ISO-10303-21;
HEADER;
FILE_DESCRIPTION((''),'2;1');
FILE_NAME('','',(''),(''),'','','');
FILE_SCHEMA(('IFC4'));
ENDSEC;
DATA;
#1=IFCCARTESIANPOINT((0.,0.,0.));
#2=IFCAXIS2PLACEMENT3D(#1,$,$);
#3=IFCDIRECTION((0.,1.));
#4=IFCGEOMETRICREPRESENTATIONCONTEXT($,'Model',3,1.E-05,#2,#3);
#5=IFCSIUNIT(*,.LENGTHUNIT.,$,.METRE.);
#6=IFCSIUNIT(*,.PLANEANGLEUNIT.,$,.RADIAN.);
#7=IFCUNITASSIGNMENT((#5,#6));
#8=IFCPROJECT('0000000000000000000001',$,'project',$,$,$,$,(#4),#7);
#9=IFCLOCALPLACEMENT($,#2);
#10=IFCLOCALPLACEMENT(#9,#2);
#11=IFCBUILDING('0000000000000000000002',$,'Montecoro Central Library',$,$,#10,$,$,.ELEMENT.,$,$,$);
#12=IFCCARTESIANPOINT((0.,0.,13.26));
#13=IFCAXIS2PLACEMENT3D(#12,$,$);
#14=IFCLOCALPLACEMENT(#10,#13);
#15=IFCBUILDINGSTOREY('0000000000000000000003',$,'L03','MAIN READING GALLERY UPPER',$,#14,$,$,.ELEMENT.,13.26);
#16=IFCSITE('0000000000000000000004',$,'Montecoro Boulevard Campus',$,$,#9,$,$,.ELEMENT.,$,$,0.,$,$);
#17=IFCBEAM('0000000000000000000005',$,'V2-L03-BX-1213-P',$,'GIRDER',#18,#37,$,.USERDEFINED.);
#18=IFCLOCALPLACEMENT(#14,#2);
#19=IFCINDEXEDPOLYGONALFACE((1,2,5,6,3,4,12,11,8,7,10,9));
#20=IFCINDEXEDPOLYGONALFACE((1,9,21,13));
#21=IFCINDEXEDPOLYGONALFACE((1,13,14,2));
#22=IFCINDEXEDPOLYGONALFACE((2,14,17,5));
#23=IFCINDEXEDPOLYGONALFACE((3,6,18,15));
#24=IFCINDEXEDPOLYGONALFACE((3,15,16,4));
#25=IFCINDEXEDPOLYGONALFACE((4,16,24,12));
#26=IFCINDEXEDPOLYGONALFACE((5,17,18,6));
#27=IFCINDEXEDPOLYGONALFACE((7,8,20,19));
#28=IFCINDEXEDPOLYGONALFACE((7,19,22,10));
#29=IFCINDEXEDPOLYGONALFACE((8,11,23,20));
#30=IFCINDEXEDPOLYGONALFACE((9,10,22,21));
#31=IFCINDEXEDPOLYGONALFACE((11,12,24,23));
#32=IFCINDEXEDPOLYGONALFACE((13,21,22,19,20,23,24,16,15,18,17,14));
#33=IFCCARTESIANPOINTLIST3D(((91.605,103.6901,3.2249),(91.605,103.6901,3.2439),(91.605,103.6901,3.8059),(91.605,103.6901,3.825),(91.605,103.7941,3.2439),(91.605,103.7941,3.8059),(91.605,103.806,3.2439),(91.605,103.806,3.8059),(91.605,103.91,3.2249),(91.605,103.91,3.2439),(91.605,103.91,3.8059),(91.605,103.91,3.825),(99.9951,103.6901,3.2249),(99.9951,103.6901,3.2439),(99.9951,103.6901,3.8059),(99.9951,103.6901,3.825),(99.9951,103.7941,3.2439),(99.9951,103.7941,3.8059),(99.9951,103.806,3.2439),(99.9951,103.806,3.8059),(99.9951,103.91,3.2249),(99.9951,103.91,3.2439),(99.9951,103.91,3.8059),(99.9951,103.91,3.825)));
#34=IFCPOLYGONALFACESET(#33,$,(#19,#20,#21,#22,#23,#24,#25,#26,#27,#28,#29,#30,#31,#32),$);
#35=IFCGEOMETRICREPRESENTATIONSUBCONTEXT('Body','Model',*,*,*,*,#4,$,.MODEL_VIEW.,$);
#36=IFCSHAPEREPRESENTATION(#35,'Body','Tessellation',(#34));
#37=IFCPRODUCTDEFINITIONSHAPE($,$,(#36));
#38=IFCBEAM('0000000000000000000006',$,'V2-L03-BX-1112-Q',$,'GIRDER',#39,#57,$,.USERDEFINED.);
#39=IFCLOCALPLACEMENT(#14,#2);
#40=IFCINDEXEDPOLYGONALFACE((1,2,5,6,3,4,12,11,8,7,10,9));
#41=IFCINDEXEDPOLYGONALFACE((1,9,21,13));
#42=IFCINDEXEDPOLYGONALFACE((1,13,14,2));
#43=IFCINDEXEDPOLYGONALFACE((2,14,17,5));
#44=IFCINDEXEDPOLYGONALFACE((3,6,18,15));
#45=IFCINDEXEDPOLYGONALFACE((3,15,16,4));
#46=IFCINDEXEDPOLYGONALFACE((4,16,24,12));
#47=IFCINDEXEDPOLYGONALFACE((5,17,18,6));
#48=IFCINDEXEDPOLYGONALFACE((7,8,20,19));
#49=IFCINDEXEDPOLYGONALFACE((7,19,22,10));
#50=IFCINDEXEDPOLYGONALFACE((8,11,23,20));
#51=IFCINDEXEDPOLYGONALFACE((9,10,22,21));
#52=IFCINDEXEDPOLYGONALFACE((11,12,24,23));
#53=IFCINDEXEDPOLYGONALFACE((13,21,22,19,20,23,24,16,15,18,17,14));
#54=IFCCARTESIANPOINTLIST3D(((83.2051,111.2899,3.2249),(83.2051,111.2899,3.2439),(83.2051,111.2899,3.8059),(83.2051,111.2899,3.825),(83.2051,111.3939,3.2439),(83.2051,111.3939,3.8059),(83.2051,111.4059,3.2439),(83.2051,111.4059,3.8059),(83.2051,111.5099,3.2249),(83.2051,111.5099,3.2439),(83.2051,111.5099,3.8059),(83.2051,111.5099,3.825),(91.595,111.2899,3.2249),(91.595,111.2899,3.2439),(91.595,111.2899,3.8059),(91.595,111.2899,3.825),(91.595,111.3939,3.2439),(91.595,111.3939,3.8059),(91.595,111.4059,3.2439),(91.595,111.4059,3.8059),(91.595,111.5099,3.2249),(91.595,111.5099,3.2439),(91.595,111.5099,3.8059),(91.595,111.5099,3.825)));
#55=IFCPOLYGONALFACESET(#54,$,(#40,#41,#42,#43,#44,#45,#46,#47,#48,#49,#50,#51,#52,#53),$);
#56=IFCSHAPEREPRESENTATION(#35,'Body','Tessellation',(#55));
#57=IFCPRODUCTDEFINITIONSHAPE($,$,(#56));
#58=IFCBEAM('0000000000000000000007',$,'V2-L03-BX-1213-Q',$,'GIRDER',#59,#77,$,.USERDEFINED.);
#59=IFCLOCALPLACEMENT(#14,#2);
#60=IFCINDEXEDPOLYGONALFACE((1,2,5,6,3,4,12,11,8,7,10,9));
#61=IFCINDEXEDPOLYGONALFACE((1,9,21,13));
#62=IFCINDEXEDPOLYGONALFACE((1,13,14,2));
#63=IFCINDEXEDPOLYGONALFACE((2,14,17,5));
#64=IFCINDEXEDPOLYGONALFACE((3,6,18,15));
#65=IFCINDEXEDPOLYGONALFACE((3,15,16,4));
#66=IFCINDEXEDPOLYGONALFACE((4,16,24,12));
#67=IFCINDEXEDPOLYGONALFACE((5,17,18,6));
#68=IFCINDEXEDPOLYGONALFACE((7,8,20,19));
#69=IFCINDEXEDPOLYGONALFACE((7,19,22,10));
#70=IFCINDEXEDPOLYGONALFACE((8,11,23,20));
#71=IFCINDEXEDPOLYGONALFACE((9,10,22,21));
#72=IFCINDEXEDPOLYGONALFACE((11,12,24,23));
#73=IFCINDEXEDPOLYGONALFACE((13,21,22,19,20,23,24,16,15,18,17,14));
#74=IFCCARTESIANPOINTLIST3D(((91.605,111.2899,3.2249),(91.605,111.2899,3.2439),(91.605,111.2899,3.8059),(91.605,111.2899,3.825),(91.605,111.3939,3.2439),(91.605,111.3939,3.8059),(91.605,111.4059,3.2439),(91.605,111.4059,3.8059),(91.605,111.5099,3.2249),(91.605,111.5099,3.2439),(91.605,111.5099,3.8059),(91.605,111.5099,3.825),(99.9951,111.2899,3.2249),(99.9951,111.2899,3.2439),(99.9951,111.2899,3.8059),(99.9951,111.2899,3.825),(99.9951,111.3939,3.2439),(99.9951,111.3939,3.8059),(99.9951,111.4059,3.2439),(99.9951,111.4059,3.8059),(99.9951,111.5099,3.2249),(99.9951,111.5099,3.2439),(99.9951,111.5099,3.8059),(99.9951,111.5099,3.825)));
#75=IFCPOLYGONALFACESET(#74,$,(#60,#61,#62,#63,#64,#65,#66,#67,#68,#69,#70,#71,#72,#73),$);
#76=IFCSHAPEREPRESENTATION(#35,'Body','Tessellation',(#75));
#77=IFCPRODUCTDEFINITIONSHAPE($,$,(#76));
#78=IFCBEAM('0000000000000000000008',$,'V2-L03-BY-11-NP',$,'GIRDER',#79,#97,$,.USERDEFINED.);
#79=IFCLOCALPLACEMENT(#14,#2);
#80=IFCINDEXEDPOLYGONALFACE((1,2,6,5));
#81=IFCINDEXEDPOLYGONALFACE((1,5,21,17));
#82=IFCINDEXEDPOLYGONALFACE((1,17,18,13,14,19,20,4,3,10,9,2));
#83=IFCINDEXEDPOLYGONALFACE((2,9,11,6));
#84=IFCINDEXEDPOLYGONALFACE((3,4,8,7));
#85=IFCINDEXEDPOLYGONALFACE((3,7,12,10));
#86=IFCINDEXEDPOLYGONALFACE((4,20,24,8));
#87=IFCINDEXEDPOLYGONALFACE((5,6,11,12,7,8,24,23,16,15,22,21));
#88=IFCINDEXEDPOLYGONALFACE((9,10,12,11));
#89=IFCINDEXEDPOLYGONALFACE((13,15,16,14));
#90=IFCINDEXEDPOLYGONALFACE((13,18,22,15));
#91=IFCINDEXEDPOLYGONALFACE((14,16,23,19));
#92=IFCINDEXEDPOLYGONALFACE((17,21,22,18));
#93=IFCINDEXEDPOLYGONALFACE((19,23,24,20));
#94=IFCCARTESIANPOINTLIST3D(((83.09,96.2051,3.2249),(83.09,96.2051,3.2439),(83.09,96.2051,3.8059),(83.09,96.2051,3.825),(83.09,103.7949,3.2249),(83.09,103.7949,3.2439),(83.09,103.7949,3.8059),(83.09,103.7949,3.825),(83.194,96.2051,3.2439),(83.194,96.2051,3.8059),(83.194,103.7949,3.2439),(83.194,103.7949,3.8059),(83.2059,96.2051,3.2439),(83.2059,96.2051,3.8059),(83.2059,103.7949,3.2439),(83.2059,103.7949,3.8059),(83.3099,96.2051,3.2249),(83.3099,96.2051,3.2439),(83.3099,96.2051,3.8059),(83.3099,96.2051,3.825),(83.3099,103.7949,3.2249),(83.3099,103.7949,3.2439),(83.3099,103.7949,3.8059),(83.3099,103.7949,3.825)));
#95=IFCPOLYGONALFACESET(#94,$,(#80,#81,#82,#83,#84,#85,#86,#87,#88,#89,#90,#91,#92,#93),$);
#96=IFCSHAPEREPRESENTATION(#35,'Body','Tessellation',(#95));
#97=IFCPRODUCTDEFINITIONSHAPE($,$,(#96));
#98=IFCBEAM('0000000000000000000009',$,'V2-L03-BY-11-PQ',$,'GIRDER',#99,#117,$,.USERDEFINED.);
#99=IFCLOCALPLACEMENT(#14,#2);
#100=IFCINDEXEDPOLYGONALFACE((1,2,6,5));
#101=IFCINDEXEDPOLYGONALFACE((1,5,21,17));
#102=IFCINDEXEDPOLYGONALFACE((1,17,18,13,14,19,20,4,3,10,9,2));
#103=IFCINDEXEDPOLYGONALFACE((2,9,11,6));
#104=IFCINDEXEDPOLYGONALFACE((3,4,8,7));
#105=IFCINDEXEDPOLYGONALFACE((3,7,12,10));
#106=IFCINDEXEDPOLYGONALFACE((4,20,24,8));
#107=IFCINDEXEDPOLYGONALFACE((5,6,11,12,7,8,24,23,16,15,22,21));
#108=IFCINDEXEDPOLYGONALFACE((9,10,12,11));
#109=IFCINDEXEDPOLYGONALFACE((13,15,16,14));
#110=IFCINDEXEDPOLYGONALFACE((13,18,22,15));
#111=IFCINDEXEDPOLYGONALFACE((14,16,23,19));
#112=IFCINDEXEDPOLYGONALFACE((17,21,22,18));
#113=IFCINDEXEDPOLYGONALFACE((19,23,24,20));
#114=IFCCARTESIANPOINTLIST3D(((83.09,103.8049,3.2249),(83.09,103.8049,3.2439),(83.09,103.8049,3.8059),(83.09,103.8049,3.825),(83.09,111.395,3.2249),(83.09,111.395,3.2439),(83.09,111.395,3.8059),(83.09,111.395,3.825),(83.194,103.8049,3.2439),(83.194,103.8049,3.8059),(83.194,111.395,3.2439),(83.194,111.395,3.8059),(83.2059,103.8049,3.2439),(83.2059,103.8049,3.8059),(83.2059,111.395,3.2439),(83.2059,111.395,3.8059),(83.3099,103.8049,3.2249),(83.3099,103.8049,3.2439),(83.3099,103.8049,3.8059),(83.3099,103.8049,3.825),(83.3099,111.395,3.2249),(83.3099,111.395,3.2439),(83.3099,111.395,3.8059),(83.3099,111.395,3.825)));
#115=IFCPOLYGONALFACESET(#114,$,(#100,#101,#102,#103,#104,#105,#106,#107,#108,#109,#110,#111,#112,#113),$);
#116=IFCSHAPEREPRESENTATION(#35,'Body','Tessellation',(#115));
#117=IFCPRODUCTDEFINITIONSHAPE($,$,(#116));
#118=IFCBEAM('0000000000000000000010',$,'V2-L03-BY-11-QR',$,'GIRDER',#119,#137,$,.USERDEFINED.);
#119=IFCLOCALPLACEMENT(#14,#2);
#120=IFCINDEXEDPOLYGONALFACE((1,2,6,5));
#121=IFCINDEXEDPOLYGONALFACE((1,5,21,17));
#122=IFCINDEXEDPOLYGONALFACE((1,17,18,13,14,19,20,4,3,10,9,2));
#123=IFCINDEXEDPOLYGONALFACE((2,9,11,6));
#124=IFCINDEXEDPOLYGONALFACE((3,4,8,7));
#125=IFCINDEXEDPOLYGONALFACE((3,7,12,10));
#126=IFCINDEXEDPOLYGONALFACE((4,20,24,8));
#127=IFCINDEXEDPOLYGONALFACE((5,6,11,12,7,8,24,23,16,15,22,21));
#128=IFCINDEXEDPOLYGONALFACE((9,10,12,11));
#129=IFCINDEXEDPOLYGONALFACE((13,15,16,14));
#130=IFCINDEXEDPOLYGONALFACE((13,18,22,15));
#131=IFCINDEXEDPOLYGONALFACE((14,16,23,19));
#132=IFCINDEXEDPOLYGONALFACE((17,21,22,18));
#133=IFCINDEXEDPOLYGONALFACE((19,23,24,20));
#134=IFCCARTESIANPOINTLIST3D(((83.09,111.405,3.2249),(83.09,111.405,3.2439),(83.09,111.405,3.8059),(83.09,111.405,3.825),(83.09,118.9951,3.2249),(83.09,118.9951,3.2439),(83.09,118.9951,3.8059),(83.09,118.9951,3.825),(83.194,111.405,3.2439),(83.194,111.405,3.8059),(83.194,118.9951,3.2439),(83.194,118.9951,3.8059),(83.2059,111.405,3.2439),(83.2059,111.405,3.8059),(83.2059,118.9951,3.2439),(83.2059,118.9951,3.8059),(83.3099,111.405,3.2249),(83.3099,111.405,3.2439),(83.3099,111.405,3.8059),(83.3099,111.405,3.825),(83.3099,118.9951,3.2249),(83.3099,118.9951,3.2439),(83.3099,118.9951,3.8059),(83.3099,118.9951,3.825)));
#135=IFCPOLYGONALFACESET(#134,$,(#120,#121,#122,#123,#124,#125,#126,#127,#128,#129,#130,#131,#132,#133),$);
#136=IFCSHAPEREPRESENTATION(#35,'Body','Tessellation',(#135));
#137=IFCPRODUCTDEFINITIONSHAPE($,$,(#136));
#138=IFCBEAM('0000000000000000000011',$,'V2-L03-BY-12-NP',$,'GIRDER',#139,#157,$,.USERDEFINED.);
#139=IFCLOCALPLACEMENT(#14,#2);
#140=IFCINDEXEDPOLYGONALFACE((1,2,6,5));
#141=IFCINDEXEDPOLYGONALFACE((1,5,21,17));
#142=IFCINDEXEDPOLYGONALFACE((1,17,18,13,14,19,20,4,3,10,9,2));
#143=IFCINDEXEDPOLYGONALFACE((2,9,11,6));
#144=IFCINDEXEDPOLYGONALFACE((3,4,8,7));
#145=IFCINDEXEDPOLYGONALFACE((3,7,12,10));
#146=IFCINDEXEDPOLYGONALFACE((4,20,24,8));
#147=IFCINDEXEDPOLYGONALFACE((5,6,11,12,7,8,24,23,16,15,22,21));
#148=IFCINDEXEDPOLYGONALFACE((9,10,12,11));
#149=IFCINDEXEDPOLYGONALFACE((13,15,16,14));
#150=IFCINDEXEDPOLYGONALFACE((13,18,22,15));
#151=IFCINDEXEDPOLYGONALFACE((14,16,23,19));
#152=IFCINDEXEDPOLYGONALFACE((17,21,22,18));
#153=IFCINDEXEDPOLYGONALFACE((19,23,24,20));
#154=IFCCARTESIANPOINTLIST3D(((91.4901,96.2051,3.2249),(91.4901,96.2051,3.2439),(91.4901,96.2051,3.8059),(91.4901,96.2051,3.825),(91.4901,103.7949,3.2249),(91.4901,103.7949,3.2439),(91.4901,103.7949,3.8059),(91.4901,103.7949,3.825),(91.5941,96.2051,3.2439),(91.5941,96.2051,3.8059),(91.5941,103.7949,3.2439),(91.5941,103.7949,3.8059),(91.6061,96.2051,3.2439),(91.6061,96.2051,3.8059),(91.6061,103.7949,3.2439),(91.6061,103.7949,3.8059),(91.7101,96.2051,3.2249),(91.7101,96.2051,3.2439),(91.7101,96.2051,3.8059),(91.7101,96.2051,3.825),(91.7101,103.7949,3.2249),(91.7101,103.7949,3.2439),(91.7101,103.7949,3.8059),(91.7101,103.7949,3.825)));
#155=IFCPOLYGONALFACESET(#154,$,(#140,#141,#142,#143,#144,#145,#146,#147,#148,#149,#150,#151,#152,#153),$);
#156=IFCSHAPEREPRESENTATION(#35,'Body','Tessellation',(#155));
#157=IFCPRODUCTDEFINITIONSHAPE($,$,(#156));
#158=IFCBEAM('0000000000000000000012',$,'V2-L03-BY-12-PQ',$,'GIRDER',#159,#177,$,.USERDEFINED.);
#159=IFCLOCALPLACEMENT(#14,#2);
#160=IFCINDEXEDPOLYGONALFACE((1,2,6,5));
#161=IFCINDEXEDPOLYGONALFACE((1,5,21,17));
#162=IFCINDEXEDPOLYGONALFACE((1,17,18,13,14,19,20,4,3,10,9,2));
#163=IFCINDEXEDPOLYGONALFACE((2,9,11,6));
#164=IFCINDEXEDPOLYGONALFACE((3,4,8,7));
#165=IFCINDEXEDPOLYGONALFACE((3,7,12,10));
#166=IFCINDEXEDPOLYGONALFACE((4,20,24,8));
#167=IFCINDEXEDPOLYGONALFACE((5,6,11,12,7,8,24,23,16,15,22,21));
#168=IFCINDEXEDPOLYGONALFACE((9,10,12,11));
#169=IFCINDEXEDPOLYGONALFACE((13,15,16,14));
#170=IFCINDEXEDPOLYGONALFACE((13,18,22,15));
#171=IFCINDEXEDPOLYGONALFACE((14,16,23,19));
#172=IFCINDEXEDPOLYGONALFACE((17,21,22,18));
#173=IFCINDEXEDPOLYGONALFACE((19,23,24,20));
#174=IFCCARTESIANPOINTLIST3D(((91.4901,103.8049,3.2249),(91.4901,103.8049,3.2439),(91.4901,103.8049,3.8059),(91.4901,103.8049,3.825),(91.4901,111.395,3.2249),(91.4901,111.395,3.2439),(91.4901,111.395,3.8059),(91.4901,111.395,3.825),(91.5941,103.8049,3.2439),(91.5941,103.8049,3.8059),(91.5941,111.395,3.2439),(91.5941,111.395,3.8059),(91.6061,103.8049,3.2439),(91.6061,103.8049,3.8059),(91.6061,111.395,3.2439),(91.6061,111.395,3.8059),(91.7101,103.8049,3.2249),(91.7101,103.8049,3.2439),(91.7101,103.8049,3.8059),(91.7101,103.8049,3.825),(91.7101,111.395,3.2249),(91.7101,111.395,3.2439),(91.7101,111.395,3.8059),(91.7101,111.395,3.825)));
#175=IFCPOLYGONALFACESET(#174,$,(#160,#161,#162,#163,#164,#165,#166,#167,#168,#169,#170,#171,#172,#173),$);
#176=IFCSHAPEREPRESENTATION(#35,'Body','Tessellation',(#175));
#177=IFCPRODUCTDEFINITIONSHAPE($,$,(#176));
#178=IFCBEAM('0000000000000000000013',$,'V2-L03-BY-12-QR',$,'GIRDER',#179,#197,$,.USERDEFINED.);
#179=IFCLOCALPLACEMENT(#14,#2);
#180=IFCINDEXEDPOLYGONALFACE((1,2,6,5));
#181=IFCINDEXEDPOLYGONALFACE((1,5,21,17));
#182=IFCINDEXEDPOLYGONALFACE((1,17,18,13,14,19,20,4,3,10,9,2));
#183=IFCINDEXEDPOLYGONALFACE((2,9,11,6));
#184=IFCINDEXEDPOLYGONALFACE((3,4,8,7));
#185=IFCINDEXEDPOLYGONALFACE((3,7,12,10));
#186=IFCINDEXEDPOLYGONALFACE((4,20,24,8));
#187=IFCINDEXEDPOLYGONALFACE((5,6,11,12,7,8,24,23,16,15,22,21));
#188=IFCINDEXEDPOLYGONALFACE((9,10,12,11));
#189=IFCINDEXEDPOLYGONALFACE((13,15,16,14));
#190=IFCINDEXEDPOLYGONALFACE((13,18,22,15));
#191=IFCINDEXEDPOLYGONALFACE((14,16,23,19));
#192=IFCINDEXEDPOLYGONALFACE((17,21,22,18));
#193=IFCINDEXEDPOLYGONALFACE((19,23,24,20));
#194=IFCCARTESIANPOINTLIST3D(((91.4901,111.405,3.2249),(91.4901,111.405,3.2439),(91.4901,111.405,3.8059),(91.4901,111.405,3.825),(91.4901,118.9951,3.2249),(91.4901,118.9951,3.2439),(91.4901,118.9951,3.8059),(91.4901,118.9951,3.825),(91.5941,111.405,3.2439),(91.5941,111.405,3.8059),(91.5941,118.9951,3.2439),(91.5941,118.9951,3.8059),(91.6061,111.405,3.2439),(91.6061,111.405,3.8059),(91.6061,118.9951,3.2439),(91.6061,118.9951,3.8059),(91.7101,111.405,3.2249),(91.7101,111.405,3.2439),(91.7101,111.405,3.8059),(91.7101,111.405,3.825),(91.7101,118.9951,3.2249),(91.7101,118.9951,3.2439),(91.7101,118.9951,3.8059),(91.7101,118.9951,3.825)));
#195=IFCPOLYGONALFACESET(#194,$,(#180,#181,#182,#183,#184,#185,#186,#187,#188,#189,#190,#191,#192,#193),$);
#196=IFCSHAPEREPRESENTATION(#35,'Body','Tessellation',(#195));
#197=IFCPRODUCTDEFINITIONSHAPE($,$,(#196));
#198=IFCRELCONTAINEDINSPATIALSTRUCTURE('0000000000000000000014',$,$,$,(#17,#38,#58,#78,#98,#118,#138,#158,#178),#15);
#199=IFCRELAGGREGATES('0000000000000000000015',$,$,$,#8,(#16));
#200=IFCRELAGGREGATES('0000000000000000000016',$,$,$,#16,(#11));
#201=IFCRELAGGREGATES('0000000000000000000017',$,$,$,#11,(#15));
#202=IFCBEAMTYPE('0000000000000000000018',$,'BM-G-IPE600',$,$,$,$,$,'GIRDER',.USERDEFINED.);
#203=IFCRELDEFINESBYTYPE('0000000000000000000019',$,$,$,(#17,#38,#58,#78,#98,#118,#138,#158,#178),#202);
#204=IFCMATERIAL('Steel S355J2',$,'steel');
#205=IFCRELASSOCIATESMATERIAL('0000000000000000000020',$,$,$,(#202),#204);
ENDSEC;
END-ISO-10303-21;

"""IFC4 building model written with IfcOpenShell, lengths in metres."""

from ifc_helpers import new_model, si_unit, direction, frame, origin, origin_2d, place, context, subcontext, project, spatial, i_section, extrude, material, material_profile, profile_set, type_object, element, save


model = new_model("IFC4")

# Units and contexts
model_context = context("Model", 3, precision=1e-05, world=origin(), true_north=direction((0.0, 1.0)))
body_context = subcontext(model_context, "Body", "Model", "MODEL_VIEW")
ifc_project = project(units=[si_unit("LENGTHUNIT", "METRE"), si_unit("PLANEANGLEUNIT", "RADIAN")], contexts=[model_context])

# Site, building, storey
site_placement = place(None, origin())
site = spatial("IfcSite", under=ifc_project, at=site_placement, Name="Montecoro Boulevard Campus", CompositionType="ELEMENT", RefElevation=0.0)
building_placement = place(site_placement, origin())
building = spatial("IfcBuilding", under=site, at=building_placement, Name="Montecoro Central Library", CompositionType="ELEMENT")
storey_placement = place(building_placement, frame((0.0, 0.0, 13.26)))
storey = spatial("IfcBuildingStorey", under=building, at=storey_placement, Name="L03", Description="MAIN READING GALLERY UPPER", CompositionType="ELEMENT", Elevation=13.26)

# Beams
ifc_material_1 = material(Name="Steel S355J2", Category="steel")
ifc_material_profile_1 = material_profile(ifc_material_1, i_section(OverallWidth=0.22, OverallDepth=0.6001, WebThickness=0.012, FlangeThickness=0.019, at=origin_2d()), Name="IPE 600")
ifc_profile_set_1 = profile_set([ifc_material_profile_1], Name="Steel S355J2")
beam_type_1 = type_object("IfcBeamType", Name="BM-G-IPE600", ElementType="GIRDER", PredefinedType="USERDEFINED", material=ifc_profile_set_1)
beam_1_placement = place(storey_placement, frame((91.605, 103.8, 3.5249), z_axis=(1.0, 0.0, 0.0), x_axis=(0.0, 1.0, 0.0)))
element("IfcBeam", 1, at=beam_1_placement, inside=storey, type_object=beam_type_1, Name="V2-L03-BX-1213-P", ObjectType="GIRDER", PredefinedType="USERDEFINED", context=body_context, shape_type="SweptSolid", body=[
    extrude(i_section(OverallWidth=0.22, OverallDepth=0.6001, WebThickness=0.012, FlangeThickness=0.019, at=origin_2d()), origin(), (0.0, 0.0, 1.0), 8.3901),
])
beam_2_placement = place(storey_placement, frame((83.2051, 111.3999, 3.5249), z_axis=(1.0, 0.0, 0.0), x_axis=(0.0, 1.0, 0.0)))
element("IfcBeam", 2, at=beam_2_placement, inside=storey, type_object=beam_type_1, Name="V2-L03-BX-1112-Q", ObjectType="GIRDER", PredefinedType="USERDEFINED", context=body_context, shape_type="SweptSolid", body=[
    extrude(i_section(OverallWidth=0.22, OverallDepth=0.6001, WebThickness=0.012, FlangeThickness=0.019, at=origin_2d()), origin(), (0.0, 0.0, 1.0), 8.3899),
])
beam_3_placement = place(storey_placement, frame((91.605, 111.3999, 3.5249), z_axis=(1.0, 0.0, 0.0), x_axis=(0.0, 1.0, 0.0)))
element("IfcBeam", 3, at=beam_3_placement, inside=storey, type_object=beam_type_1, Name="V2-L03-BX-1213-Q", ObjectType="GIRDER", PredefinedType="USERDEFINED", context=body_context, shape_type="SweptSolid", body=[
    extrude(i_section(OverallWidth=0.22, OverallDepth=0.6001, WebThickness=0.012, FlangeThickness=0.019, at=origin_2d()), origin(), (0.0, 0.0, 1.0), 8.3901),
])
beam_4_placement = place(storey_placement, frame((83.2, 96.2051, 3.5249), z_axis=(0.0, 1.0, 0.0), x_axis=(-1.0, 0.0, 0.0)))
element("IfcBeam", 4, at=beam_4_placement, inside=storey, type_object=beam_type_1, Name="V2-L03-BY-11-NP", ObjectType="GIRDER", PredefinedType="USERDEFINED", context=body_context, shape_type="SweptSolid", body=[
    extrude(i_section(OverallWidth=0.22, OverallDepth=0.6001, WebThickness=0.012, FlangeThickness=0.019, at=origin_2d()), origin(), (0.0, 0.0, 1.0), 7.5898),
])
for number, where, z_axis, x_axis, name in (
    (5, (83.2, 103.8049, 3.5249), (0.0, 1.0, 0.0), (-1.0, 0.0, 0.0), "V2-L03-BY-11-PQ"),
    (6, (83.2, 111.405, 3.5249), (0.0, 1.0, 0.0), (-1.0, 0.0, 0.0), "V2-L03-BY-11-QR"),
):
    element("IfcBeam", number, at=place(storey_placement, frame(where, z_axis=z_axis, x_axis=x_axis)), inside=storey, type_object=beam_type_1, Name=name, ObjectType="GIRDER", PredefinedType="USERDEFINED", context=body_context, shape_type="SweptSolid", body=[
        extrude(i_section(OverallWidth=0.22, OverallDepth=0.6001, WebThickness=0.012, FlangeThickness=0.019, at=origin_2d()), origin(), (0.0, 0.0, 1.0), 7.5901),
    ])
beam_5_placement = place(storey_placement, frame((91.6001, 96.2051, 3.5249), z_axis=(0.0, 1.0, 0.0), x_axis=(-1.0, 0.0, 0.0)))
element("IfcBeam", 7, at=beam_5_placement, inside=storey, type_object=beam_type_1, Name="V2-L03-BY-12-NP", ObjectType="GIRDER", PredefinedType="USERDEFINED", context=body_context, shape_type="SweptSolid", body=[
    extrude(i_section(OverallWidth=0.22, OverallDepth=0.6001, WebThickness=0.012, FlangeThickness=0.019, at=origin_2d()), origin(), (0.0, 0.0, 1.0), 7.5898),
])
for number, where, z_axis, x_axis, name in (
    (8, (91.6001, 103.8049, 3.5249), (0.0, 1.0, 0.0), (-1.0, 0.0, 0.0), "V2-L03-BY-12-PQ"),
    (9, (91.6001, 111.405, 3.5249), (0.0, 1.0, 0.0), (-1.0, 0.0, 0.0), "V2-L03-BY-12-QR"),
):
    element("IfcBeam", number, at=place(storey_placement, frame(where, z_axis=z_axis, x_axis=x_axis)), inside=storey, type_object=beam_type_1, Name=name, ObjectType="GIRDER", PredefinedType="USERDEFINED", context=body_context, shape_type="SweptSolid", body=[
        extrude(i_section(OverallWidth=0.22, OverallDepth=0.6001, WebThickness=0.012, FlangeThickness=0.019, at=origin_2d()), origin(), (0.0, 0.0, 1.0), 7.5901),
    ])

save(model, "model.ifc")
